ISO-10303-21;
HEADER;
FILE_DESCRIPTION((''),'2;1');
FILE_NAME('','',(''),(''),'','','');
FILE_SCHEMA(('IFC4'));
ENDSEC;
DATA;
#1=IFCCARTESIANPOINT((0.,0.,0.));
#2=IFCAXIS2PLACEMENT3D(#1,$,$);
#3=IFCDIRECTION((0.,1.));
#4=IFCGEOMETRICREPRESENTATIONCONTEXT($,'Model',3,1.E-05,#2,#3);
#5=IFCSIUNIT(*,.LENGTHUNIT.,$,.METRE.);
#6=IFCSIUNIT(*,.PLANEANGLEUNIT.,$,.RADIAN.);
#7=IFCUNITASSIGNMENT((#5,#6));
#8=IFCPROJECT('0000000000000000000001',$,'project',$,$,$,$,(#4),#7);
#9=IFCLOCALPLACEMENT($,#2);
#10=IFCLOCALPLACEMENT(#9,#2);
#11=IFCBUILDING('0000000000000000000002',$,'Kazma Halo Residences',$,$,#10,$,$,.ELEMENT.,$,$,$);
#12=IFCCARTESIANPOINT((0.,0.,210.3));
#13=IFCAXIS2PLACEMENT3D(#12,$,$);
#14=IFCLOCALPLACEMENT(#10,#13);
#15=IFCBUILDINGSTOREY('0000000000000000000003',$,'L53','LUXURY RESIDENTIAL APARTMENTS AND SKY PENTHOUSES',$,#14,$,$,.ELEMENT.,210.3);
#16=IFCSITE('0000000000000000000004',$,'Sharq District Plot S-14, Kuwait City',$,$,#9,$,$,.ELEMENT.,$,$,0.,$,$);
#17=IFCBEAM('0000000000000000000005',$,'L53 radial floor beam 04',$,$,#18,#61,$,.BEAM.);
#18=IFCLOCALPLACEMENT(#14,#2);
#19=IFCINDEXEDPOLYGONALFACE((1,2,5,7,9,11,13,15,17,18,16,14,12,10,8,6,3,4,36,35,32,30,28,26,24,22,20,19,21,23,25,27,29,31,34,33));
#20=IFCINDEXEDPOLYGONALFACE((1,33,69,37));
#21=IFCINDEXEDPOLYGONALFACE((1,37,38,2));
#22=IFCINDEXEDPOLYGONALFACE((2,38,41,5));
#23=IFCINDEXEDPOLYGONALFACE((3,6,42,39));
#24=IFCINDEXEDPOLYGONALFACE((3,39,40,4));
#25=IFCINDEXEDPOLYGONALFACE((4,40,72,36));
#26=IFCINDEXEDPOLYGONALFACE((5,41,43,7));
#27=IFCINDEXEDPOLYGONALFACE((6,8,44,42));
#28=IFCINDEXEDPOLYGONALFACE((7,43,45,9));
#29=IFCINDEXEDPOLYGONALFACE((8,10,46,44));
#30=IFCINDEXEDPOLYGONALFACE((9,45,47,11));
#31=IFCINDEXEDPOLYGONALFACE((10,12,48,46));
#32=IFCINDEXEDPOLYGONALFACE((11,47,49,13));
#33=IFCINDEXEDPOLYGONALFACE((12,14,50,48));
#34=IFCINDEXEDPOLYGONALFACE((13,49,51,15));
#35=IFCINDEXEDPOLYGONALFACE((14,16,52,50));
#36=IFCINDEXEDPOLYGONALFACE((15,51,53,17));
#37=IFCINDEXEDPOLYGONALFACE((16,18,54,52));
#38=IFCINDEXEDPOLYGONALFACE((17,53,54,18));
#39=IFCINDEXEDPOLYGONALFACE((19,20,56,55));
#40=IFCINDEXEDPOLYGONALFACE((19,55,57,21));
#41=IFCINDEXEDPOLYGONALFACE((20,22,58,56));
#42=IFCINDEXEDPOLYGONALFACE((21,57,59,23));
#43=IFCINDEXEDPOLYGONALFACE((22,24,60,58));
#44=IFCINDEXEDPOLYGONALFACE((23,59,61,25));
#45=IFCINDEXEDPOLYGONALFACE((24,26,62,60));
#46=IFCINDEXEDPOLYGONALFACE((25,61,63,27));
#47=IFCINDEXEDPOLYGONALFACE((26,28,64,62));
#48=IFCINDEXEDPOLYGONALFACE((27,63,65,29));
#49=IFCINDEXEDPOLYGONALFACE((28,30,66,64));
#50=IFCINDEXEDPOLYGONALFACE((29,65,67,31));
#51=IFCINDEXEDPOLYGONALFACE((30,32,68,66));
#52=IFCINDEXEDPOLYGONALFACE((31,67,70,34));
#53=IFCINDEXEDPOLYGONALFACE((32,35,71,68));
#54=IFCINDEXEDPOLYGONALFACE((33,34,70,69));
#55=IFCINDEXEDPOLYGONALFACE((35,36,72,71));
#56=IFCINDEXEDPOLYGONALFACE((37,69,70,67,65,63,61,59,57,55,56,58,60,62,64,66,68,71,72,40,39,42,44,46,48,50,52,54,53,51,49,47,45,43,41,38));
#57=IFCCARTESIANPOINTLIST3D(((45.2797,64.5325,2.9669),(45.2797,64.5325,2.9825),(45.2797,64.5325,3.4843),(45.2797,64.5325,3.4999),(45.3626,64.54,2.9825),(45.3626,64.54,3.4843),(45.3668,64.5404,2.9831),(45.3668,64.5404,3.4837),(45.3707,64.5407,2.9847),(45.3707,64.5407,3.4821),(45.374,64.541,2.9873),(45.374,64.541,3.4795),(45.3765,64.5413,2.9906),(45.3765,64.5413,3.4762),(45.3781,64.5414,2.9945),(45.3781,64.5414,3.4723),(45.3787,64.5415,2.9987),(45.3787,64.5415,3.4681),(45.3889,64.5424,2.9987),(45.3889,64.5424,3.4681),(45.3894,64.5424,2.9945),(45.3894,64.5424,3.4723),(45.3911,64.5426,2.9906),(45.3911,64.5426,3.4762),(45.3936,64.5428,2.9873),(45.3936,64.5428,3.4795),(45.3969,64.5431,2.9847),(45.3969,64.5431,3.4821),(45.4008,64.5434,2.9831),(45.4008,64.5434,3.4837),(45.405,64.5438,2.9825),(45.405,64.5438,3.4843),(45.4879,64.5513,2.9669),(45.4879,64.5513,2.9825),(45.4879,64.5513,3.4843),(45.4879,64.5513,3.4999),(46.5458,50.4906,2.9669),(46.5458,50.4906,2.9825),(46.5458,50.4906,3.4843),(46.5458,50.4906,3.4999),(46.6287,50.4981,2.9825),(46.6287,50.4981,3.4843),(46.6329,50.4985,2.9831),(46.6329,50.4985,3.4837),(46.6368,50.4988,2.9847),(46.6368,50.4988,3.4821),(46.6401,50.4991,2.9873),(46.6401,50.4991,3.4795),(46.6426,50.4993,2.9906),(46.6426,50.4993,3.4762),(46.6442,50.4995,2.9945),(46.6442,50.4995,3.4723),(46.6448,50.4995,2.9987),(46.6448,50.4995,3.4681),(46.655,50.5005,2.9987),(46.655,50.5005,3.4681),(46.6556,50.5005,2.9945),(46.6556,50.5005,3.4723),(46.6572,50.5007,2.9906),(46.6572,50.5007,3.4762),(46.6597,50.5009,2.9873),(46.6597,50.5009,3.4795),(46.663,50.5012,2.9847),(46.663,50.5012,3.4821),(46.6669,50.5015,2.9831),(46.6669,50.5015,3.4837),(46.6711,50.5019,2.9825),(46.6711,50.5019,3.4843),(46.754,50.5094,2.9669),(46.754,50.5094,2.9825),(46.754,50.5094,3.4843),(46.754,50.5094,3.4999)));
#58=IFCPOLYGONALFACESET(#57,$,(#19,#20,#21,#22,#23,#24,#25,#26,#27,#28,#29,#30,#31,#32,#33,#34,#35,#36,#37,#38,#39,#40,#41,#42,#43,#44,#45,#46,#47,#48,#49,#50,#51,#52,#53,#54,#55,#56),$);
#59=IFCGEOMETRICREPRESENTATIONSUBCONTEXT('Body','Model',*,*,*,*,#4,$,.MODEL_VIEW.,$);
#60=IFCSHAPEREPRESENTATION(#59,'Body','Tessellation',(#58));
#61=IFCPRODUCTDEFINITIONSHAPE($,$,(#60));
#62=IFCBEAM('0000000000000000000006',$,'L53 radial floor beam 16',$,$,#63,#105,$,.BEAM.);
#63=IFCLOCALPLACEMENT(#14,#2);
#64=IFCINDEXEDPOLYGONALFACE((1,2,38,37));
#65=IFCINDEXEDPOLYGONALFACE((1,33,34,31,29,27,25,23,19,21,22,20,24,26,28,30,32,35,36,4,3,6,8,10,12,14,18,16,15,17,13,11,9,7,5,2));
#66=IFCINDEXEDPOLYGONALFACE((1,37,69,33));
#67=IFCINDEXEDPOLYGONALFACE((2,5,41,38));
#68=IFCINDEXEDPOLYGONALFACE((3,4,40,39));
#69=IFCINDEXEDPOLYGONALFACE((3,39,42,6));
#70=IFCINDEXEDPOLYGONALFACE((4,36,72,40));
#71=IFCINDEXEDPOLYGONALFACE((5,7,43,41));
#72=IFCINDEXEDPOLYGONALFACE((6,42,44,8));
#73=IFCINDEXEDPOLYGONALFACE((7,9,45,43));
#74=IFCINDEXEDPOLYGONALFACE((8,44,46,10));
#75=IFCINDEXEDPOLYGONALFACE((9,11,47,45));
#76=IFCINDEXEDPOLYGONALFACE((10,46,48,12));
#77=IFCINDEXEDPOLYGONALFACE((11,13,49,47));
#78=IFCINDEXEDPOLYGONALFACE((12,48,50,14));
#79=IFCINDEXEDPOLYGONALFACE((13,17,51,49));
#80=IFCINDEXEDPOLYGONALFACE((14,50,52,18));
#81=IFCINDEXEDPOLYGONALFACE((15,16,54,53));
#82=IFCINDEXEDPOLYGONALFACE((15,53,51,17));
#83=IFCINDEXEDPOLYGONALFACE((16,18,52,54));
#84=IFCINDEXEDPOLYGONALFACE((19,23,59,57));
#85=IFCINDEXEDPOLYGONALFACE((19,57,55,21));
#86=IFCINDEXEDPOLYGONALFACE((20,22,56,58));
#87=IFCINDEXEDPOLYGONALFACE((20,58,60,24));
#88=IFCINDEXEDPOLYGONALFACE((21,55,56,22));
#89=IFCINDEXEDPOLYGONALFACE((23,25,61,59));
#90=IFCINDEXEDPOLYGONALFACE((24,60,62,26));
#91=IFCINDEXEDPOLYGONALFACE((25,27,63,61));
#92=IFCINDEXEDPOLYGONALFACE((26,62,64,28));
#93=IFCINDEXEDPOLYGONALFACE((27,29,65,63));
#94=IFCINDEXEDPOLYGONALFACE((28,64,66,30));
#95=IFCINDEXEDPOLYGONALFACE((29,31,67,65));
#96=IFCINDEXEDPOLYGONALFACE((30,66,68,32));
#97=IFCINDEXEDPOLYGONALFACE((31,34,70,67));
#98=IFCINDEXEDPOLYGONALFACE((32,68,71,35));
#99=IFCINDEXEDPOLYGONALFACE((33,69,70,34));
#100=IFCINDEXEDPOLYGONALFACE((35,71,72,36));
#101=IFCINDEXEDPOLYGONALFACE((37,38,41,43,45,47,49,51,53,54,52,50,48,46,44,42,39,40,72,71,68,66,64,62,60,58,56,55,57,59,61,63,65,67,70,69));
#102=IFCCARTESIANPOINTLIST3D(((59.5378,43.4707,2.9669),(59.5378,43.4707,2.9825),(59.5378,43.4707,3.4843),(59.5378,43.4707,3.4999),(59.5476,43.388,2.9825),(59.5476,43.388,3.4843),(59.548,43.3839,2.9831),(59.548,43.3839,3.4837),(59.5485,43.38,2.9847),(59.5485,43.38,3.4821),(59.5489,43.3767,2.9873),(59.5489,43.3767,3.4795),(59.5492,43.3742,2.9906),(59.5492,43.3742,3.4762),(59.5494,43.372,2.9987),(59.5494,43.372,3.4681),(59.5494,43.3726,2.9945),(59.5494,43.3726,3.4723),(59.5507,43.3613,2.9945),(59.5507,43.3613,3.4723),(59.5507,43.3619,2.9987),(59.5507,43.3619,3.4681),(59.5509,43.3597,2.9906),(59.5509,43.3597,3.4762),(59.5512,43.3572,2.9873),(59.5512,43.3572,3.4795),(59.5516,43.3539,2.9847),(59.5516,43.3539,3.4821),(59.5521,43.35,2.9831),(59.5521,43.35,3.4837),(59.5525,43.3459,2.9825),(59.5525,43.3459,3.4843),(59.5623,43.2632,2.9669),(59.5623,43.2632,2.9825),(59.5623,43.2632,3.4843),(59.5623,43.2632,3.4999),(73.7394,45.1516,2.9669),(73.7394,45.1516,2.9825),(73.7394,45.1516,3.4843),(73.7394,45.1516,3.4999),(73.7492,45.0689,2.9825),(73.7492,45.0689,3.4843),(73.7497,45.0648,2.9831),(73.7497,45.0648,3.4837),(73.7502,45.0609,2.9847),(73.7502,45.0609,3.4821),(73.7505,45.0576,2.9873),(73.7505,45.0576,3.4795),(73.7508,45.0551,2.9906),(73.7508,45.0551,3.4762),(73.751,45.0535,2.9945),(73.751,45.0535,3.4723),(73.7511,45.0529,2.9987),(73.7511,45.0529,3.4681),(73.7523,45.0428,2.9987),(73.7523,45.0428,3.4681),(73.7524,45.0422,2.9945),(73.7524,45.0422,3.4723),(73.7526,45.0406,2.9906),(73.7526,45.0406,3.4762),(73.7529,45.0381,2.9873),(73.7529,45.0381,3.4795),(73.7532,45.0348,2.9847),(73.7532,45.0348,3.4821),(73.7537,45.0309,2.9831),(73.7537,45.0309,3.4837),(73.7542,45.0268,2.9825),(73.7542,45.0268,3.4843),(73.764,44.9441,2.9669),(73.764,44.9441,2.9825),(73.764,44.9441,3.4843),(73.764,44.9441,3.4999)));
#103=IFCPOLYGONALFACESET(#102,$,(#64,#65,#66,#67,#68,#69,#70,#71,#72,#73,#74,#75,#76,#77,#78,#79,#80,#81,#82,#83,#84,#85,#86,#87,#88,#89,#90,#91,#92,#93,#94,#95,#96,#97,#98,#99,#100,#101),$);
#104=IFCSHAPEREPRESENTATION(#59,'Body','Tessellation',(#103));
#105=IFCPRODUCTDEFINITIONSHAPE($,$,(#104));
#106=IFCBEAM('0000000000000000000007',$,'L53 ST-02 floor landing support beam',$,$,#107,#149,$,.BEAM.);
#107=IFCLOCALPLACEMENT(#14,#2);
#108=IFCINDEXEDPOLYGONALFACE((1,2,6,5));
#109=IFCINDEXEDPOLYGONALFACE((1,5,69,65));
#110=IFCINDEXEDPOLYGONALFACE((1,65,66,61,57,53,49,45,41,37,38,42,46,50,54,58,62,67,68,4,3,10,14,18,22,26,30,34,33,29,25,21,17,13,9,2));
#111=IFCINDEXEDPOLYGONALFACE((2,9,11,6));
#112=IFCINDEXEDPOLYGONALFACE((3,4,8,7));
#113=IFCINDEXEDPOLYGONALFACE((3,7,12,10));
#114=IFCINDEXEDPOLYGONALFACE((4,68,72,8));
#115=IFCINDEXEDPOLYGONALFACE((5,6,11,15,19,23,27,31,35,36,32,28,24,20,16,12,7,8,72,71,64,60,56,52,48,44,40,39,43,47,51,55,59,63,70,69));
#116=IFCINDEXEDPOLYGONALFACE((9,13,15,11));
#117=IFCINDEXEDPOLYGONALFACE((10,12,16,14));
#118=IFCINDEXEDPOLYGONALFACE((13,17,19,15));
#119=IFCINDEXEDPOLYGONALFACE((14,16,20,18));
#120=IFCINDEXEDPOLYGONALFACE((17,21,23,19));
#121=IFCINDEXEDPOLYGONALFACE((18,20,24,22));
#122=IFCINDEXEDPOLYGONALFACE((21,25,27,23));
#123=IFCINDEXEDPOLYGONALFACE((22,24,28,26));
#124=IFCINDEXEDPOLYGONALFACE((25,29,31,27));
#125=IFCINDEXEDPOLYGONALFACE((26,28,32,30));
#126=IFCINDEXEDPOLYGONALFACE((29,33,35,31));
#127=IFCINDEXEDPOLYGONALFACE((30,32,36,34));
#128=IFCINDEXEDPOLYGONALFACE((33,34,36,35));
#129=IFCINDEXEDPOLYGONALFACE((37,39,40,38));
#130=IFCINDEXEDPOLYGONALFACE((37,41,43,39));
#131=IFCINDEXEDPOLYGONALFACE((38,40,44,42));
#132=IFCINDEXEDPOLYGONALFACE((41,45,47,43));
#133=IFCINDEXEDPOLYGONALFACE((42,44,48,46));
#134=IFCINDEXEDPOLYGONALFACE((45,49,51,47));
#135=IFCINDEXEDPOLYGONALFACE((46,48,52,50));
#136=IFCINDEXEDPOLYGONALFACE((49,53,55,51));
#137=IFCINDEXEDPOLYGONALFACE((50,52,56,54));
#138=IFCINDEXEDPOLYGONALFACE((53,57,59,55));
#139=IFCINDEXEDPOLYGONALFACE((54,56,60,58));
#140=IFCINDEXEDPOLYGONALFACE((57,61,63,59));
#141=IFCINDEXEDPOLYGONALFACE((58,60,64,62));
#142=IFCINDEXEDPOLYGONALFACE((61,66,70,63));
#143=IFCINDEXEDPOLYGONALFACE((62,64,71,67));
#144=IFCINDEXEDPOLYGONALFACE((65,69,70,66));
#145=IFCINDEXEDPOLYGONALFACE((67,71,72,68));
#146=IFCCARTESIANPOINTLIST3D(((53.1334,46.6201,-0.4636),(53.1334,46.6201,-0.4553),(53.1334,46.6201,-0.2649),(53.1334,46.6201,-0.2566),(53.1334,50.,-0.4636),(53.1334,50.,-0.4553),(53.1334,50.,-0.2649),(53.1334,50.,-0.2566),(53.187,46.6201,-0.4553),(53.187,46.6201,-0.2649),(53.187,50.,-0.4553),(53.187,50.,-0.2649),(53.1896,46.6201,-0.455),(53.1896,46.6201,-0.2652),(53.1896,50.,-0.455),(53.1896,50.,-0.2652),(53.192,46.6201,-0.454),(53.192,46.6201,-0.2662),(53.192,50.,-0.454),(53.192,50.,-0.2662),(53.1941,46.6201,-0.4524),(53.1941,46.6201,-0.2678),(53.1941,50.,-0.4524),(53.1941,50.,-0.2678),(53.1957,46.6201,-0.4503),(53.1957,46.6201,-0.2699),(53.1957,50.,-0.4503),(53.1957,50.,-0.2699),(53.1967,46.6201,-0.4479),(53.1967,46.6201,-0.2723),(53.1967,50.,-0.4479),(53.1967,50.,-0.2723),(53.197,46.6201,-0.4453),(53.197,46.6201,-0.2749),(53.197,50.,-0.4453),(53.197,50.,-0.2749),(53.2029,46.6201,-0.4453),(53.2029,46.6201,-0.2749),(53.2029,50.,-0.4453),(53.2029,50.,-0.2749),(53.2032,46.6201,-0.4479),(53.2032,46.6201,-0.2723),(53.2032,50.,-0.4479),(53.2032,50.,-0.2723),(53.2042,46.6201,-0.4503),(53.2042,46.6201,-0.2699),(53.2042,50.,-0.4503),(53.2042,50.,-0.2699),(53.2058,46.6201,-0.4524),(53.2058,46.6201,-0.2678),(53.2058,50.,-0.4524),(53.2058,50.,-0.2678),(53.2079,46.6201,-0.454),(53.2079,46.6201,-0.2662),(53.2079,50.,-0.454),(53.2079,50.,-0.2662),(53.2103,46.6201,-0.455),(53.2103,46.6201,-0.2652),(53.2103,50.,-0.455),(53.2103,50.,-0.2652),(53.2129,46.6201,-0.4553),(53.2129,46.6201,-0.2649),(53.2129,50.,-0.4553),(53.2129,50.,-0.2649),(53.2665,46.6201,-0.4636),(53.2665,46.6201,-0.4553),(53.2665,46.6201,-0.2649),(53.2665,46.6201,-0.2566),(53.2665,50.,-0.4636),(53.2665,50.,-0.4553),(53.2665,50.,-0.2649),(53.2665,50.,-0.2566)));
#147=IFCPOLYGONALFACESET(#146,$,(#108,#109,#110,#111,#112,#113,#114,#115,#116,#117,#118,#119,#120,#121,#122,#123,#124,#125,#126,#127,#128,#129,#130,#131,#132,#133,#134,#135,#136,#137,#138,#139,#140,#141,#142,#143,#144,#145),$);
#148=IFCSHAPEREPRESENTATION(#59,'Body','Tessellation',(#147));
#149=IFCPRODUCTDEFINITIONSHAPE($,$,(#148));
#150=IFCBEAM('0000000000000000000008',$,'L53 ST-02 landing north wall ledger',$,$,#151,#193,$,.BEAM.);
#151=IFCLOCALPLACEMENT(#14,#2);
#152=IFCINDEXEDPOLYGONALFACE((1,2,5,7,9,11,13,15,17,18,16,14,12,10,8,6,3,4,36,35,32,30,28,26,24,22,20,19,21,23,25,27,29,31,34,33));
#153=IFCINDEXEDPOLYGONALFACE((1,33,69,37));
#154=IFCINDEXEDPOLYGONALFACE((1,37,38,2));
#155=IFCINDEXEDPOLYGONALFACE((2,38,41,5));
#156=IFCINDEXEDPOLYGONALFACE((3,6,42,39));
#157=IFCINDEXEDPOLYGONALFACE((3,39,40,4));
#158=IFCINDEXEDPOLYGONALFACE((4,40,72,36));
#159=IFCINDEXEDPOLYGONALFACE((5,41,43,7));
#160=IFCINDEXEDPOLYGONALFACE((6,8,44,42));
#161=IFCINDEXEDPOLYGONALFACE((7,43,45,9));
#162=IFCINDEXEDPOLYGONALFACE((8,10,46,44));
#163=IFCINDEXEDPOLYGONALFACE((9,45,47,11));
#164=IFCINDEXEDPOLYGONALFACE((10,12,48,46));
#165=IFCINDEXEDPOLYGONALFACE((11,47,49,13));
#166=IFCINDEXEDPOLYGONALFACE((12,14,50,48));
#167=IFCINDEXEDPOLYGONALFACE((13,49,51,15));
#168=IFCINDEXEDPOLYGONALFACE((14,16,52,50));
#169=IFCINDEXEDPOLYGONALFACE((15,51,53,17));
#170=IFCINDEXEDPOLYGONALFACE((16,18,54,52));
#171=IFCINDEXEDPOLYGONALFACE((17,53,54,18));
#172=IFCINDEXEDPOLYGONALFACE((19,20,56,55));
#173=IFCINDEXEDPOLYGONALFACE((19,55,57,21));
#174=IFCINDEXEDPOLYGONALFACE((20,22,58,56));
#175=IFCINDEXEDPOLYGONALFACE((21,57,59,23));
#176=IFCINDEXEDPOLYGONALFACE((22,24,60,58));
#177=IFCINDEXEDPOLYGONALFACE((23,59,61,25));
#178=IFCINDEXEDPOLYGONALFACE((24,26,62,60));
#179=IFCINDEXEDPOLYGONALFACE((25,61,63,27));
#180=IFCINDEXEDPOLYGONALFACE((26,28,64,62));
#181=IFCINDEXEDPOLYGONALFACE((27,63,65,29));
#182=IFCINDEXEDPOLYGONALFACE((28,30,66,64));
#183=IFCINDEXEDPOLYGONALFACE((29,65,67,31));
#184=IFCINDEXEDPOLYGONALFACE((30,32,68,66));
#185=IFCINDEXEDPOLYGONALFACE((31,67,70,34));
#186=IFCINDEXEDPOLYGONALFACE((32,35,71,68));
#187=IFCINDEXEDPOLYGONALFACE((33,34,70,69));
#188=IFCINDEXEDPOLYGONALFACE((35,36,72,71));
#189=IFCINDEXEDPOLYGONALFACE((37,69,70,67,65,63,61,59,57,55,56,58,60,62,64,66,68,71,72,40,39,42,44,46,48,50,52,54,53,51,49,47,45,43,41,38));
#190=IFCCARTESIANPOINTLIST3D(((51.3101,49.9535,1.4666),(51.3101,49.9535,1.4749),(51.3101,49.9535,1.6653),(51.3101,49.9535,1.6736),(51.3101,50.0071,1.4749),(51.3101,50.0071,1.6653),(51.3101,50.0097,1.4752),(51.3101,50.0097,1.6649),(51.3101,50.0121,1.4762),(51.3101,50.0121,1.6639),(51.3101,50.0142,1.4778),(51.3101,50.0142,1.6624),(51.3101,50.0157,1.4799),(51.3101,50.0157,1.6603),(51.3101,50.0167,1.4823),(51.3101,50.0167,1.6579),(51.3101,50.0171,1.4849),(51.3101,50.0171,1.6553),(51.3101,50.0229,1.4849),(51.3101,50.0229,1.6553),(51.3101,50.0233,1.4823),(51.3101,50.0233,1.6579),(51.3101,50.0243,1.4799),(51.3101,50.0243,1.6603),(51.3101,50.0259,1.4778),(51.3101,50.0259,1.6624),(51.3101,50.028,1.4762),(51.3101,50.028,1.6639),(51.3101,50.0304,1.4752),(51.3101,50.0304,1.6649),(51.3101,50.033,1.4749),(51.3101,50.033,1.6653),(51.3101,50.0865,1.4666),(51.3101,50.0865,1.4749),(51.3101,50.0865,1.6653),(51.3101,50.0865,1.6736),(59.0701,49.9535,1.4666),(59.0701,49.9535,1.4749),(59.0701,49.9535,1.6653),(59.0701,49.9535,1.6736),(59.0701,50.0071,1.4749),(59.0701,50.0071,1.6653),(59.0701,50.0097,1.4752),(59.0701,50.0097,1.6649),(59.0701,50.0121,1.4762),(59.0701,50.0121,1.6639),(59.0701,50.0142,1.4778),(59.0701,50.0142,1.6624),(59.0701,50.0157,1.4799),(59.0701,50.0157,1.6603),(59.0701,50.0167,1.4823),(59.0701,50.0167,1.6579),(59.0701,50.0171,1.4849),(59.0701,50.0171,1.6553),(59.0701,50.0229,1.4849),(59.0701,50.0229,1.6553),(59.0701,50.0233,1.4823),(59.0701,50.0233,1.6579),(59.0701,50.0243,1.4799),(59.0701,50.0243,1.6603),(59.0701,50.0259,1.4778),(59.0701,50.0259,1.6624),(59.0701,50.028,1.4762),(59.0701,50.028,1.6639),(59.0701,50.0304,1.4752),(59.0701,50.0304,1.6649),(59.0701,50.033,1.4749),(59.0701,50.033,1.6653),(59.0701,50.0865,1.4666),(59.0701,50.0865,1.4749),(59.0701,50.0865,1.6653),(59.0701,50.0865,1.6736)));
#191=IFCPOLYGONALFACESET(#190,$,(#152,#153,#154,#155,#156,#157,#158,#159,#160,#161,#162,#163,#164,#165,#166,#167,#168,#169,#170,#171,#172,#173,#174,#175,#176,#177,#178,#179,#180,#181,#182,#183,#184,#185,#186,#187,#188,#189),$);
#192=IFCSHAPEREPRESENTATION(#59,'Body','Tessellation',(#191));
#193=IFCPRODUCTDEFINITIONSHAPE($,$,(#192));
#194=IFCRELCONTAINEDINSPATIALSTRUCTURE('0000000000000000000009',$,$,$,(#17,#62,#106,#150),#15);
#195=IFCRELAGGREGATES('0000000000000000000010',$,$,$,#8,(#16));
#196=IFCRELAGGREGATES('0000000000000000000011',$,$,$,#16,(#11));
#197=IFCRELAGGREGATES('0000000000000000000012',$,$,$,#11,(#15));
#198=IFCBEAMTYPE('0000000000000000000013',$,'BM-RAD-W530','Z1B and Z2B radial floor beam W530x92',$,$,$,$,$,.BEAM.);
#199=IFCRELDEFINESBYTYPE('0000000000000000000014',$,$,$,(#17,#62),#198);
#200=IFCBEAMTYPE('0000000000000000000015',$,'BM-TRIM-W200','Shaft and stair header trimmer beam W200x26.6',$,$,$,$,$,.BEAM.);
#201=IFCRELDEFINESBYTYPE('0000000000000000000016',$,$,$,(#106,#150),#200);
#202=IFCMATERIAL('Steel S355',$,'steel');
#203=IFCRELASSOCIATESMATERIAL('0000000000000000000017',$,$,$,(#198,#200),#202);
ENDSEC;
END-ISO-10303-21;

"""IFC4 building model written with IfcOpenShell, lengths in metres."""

from ifc_helpers import new_model, si_unit, direction, frame, origin, origin_2d, place, context, subcontext, project, spatial, i_section, extrude, material, material_profile, profile_set, type_object, element, save


model = new_model("IFC4")

# Units and contexts
model_context = context("Model", 3, precision=1e-05, world=origin(), true_north=direction((0.0, 1.0)))
body_context = subcontext(model_context, "Body", "Model", "MODEL_VIEW")
ifc_project = project(units=[si_unit("LENGTHUNIT", "METRE"), si_unit("PLANEANGLEUNIT", "RADIAN")], contexts=[model_context])

# Site, building, storey
site_placement = place(None, origin())
site = spatial("IfcSite", under=ifc_project, at=site_placement, Name="Sharq District Plot S-14, Kuwait City", CompositionType="ELEMENT", RefElevation=0.0)
building_placement = place(site_placement, origin())
building = spatial("IfcBuilding", under=site, at=building_placement, Name="Kazma Halo Residences", CompositionType="ELEMENT")
storey_placement = place(building_placement, frame((0.0, 0.0, 210.3)))
storey = spatial("IfcBuildingStorey", under=building, at=storey_placement, Name="L53", Description="LUXURY RESIDENTIAL APARTMENTS AND SKY PENTHOUSES", CompositionType="ELEMENT", Elevation=210.3)

# Shared definitions
ifc_material_1 = material(Name="Steel S355", Category="steel")

# Beams
ifc_material_profile_1 = material_profile(ifc_material_1, i_section(OverallWidth=0.209, OverallDepth=0.533, WebThickness=0.0103, FlangeThickness=0.0156, FilletRadius=0.0161, at=origin_2d()), Name="W530x92")
ifc_profile_set_1 = profile_set([ifc_material_profile_1], Name="Steel S355")
beam_type_1 = type_object("IfcBeamType", Name="BM-RAD-W530", Description="Z1B and Z2B radial floor beam W530x92", PredefinedType="BEAM", material=ifc_profile_set_1)
beam_1_placement = place(storey_placement, frame((46.6499, 50.5, 3.2334), z_axis=(-0.089802, 0.99596, 0.0), x_axis=(-0.99596, -0.089802, 0.0)))
element("IfcBeam", 1, at=beam_1_placement, inside=storey, type_object=beam_type_1, Name="L53 radial floor beam 04", PredefinedType="BEAM", context=body_context, shape_type="SweptSolid", body=[
    extrude(i_section(OverallWidth=0.209, OverallDepth=0.533, WebThickness=0.0103, FlangeThickness=0.0156, FilletRadius=0.0161, at=origin_2d()), origin(), (0.0, 0.0, 1.0), 14.0989),
])
beam_2_placement = place(storey_placement, frame((59.55, 43.3669, 3.2334), z_axis=(0.993068, 0.11754, 0.0), x_axis=(-0.11754, 0.993068, 0.0)))
element("IfcBeam", 2, at=beam_2_placement, inside=storey, type_object=beam_type_1, Name="L53 radial floor beam 16", PredefinedType="BEAM", context=body_context, shape_type="SweptSolid", body=[
    extrude(i_section(OverallWidth=0.209, OverallDepth=0.533, WebThickness=0.0103, FlangeThickness=0.0156, FilletRadius=0.0161, at=origin_2d()), origin(), (0.0, 0.0, 1.0), 14.3008),
])
ifc_material_profile_2 = material_profile(ifc_material_1, i_section(OverallWidth=0.1331, OverallDepth=0.207, WebThickness=0.0059, FlangeThickness=0.0083, FilletRadius=0.01, at=origin_2d()), Name="W200x26.6")
ifc_profile_set_2 = profile_set([ifc_material_profile_2], Name="Steel S355")
beam_type_2 = type_object("IfcBeamType", Name="BM-TRIM-W200", Description="Shaft and stair header trimmer beam W200x26.6", PredefinedType="BEAM", material=ifc_profile_set_2)
beam_3_placement = place(storey_placement, frame((53.2, 46.6201, -0.3601), z_axis=(0.0, 1.0, 0.0), x_axis=(-1.0, 0.0, 0.0)))
element("IfcBeam", 3, at=beam_3_placement, inside=storey, type_object=beam_type_2, Name="L53 ST-02 floor landing support beam", PredefinedType="BEAM", context=body_context, shape_type="SweptSolid", body=[
    extrude(i_section(OverallWidth=0.1331, OverallDepth=0.207, WebThickness=0.0059, FlangeThickness=0.0083, FilletRadius=0.01, at=origin_2d()), origin(), (0.0, 0.0, 1.0), 3.3799),
])
beam_4_placement = place(storey_placement, frame((51.3101, 50.02, 1.5701), z_axis=(1.0, 0.0, 0.0), x_axis=(0.0, 1.0, 0.0)))
element("IfcBeam", 4, at=beam_4_placement, inside=storey, type_object=beam_type_2, Name="L53 ST-02 landing north wall ledger", PredefinedType="BEAM", context=body_context, shape_type="SweptSolid", body=[
    extrude(i_section(OverallWidth=0.1331, OverallDepth=0.207, WebThickness=0.0059, FlangeThickness=0.0083, FilletRadius=0.01, at=origin_2d()), origin(), (0.0, 0.0, 1.0), 7.76),
])

save(model, "model.ifc")
